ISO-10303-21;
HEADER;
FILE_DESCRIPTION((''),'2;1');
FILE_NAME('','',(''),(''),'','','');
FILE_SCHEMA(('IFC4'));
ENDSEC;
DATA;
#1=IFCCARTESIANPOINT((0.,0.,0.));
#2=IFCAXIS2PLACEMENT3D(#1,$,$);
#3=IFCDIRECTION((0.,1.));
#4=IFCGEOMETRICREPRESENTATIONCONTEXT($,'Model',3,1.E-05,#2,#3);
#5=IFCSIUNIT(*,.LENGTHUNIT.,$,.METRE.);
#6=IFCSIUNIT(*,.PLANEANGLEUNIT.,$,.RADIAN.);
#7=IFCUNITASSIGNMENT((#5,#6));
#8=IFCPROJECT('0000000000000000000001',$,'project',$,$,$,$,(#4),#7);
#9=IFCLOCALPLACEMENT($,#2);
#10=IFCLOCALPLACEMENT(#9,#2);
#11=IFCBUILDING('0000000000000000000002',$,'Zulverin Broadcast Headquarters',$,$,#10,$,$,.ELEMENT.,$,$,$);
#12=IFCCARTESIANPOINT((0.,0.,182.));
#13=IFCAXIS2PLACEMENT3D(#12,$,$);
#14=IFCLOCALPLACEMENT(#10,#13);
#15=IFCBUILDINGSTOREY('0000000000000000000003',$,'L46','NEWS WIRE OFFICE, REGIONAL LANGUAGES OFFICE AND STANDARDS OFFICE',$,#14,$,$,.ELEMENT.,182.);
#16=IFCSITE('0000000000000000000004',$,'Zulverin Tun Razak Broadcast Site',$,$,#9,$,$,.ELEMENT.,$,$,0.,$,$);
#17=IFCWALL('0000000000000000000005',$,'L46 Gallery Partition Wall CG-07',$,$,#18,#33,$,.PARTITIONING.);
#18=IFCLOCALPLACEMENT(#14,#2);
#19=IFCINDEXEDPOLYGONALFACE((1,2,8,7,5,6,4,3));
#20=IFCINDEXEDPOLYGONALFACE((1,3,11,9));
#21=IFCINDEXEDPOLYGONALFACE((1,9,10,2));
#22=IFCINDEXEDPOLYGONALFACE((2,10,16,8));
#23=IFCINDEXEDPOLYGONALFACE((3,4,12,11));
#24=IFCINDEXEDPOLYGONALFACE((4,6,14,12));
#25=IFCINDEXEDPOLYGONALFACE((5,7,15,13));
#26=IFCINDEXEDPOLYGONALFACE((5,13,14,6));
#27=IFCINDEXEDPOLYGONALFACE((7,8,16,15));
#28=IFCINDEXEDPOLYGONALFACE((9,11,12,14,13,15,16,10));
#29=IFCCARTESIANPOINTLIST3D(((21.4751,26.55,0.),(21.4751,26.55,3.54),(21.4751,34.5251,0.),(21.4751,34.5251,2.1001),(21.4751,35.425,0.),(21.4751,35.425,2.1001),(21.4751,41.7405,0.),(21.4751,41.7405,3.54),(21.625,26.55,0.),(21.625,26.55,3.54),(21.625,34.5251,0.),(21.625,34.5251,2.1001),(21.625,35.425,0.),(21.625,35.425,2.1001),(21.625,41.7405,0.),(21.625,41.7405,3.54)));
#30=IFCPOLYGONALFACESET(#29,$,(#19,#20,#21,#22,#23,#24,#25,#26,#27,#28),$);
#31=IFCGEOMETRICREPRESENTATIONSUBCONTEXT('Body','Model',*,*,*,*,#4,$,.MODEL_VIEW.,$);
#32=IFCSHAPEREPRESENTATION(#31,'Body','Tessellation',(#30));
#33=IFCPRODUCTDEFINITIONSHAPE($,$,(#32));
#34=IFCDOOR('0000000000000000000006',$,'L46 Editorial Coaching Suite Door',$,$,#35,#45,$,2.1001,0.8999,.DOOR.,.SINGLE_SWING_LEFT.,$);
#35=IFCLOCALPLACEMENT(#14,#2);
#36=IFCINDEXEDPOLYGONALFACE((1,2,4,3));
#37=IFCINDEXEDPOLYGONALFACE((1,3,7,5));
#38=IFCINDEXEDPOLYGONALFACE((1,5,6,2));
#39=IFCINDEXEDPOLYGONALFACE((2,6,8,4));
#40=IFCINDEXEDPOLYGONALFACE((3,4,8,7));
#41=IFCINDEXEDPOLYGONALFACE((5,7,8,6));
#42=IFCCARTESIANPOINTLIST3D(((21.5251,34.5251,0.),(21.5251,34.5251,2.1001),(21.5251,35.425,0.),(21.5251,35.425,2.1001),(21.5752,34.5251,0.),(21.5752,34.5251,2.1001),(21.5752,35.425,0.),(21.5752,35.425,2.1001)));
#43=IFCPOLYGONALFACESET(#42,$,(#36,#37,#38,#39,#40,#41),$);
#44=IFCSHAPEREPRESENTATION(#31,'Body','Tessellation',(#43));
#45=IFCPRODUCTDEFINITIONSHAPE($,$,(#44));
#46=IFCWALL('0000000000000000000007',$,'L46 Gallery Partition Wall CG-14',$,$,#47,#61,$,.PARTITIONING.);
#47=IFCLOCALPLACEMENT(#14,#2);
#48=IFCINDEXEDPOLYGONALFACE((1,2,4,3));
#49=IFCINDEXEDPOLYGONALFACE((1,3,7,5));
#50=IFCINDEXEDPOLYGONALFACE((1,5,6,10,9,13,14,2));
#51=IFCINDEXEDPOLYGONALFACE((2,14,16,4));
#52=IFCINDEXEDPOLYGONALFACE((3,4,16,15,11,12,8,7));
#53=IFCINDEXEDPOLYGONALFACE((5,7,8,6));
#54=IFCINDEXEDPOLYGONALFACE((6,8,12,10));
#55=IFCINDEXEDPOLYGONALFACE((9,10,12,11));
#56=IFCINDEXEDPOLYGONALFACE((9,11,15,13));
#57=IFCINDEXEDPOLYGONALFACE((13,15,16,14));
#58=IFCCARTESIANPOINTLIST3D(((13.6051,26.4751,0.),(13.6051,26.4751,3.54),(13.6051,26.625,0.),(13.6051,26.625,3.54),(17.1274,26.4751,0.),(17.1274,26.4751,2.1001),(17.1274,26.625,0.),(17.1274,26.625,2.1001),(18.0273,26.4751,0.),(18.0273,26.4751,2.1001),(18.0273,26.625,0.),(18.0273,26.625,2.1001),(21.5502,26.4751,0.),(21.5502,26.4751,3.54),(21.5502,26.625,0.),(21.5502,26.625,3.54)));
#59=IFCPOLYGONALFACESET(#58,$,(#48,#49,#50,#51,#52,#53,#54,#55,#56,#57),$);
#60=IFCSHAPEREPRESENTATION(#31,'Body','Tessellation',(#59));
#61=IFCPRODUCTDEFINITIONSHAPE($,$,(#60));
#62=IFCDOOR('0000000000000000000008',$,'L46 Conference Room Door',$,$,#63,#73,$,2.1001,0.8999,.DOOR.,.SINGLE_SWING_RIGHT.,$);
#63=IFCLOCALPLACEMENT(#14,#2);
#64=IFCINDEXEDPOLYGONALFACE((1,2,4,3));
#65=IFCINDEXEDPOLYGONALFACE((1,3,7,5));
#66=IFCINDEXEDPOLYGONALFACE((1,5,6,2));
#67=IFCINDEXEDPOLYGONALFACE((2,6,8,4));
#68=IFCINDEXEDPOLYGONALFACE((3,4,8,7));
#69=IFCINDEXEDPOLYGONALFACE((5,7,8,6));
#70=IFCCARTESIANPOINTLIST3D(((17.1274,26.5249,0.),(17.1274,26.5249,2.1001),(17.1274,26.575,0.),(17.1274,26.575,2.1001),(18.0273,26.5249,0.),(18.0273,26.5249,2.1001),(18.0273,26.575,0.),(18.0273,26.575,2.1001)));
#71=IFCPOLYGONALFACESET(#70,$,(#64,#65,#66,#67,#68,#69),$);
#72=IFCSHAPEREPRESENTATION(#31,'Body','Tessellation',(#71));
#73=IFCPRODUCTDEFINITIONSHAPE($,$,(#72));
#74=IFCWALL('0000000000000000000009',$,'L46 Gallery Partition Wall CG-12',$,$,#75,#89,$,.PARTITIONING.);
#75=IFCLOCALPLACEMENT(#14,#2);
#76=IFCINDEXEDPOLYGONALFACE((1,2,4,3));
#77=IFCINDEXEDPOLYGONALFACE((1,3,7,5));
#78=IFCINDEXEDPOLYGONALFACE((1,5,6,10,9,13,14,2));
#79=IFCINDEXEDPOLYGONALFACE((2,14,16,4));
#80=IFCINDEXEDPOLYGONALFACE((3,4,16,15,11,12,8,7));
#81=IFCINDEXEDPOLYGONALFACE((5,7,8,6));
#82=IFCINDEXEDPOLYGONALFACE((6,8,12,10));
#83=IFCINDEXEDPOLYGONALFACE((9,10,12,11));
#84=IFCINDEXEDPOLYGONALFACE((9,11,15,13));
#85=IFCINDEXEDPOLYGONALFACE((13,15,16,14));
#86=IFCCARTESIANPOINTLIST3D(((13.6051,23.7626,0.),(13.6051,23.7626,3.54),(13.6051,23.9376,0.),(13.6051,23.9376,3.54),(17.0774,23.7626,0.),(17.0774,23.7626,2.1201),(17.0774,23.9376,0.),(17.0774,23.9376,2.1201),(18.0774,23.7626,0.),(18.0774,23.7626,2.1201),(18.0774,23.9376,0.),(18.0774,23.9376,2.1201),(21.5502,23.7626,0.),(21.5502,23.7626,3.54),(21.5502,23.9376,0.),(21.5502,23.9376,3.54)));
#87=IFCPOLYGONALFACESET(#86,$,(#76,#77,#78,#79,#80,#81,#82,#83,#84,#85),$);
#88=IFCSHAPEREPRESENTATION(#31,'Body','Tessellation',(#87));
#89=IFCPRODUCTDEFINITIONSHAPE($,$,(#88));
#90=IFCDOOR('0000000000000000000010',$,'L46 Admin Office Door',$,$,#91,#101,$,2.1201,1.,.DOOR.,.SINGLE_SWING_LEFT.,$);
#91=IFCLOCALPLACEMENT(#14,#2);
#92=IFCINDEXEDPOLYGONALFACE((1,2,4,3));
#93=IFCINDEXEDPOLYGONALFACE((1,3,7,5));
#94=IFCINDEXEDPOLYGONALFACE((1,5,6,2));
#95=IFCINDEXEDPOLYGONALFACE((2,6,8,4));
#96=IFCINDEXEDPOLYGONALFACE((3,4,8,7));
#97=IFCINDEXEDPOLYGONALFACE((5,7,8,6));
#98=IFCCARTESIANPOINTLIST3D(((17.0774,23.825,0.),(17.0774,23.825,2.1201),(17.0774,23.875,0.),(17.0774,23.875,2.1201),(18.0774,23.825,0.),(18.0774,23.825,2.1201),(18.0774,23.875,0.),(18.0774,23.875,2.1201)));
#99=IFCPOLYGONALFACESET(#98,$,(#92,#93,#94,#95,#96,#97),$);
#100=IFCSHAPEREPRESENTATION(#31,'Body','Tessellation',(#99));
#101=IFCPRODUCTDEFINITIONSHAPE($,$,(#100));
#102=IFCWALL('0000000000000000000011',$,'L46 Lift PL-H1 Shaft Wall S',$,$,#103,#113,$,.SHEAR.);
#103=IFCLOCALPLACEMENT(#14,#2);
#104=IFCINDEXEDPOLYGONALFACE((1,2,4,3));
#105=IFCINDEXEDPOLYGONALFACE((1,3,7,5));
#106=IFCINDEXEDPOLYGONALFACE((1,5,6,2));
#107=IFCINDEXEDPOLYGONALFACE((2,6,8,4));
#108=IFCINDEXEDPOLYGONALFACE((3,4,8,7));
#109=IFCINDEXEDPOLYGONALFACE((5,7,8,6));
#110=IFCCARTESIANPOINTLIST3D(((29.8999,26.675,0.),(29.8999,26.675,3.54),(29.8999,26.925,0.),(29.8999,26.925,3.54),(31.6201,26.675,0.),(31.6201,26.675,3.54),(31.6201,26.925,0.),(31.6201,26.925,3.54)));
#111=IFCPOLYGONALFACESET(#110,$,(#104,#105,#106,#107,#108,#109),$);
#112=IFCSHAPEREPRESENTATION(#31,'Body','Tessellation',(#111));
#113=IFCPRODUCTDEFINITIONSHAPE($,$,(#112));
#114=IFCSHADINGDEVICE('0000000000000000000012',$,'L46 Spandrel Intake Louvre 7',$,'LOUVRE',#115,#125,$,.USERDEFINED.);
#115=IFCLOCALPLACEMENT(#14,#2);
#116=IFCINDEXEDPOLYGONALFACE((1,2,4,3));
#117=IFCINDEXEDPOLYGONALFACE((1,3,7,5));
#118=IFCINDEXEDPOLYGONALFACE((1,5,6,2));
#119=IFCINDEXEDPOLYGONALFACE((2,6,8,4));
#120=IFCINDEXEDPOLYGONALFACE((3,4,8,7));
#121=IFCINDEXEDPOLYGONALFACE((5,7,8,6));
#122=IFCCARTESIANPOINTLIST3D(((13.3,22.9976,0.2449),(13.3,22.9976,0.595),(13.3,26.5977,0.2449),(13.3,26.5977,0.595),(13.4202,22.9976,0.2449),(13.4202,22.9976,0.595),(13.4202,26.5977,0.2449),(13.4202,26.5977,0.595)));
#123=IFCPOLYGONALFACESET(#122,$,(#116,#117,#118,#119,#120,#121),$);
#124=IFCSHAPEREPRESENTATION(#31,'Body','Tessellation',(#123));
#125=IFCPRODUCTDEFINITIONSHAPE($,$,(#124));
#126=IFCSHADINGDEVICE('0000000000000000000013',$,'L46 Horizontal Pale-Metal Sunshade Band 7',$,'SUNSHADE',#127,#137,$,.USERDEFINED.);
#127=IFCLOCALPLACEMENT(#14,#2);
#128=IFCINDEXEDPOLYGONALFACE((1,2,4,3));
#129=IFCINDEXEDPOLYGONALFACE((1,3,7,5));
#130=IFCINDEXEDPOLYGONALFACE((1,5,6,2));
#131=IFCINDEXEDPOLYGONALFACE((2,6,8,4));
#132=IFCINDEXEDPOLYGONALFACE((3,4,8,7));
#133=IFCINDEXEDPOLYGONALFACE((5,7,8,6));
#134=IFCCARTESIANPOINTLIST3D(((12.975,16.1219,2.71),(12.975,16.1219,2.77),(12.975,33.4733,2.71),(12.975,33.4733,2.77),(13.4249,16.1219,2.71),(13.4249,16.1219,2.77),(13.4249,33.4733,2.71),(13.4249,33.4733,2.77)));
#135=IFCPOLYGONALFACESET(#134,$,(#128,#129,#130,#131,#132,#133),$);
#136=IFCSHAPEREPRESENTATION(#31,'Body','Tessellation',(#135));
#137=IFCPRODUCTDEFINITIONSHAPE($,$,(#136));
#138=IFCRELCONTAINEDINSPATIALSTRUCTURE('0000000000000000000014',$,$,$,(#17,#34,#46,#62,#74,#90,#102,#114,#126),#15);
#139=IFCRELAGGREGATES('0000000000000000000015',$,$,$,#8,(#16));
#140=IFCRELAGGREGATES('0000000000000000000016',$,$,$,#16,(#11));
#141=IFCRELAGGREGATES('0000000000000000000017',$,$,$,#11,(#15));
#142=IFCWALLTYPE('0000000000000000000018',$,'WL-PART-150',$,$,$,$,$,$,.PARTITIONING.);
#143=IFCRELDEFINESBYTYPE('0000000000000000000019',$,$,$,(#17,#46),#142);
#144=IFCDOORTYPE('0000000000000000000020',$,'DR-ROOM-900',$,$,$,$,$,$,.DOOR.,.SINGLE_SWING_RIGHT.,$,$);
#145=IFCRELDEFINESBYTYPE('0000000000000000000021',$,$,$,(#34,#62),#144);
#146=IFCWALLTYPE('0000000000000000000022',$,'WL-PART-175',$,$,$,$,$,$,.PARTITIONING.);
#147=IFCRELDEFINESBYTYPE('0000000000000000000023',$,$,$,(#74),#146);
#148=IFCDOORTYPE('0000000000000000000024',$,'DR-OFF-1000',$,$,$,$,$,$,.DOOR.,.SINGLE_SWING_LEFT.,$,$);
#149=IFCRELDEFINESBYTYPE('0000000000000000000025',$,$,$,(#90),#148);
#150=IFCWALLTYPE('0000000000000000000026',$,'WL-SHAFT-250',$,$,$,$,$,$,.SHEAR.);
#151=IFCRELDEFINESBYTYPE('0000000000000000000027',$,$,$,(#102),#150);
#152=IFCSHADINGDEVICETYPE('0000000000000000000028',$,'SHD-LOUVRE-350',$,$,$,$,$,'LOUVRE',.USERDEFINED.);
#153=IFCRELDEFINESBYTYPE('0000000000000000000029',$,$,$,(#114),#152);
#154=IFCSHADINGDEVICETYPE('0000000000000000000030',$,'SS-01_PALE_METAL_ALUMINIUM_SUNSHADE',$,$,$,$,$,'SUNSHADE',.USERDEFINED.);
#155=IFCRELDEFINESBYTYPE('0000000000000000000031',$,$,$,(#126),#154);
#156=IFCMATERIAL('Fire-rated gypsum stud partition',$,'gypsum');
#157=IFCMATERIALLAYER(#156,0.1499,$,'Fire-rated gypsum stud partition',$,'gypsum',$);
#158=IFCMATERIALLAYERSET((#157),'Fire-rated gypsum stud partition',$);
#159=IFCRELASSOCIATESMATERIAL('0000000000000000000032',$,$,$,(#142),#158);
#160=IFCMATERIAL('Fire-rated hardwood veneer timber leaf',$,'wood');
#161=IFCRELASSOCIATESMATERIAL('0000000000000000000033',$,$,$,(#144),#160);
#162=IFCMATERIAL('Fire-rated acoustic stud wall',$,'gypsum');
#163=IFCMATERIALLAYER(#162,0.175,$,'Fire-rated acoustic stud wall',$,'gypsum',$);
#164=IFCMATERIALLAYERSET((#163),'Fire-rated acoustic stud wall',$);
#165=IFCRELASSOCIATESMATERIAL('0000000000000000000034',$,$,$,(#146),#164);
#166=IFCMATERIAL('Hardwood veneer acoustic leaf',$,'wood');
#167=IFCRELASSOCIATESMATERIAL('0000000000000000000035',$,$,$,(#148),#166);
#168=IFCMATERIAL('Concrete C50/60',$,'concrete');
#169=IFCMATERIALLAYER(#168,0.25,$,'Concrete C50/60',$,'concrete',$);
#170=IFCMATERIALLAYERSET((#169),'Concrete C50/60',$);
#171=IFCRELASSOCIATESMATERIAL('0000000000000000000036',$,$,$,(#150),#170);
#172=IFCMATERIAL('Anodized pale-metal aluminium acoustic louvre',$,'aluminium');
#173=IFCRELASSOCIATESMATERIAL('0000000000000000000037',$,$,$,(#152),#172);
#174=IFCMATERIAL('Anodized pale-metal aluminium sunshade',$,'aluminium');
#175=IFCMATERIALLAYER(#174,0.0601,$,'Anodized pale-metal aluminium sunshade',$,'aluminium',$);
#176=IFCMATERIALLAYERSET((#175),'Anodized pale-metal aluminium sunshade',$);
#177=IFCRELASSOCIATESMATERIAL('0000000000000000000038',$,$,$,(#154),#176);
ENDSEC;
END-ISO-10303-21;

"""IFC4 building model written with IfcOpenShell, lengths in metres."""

from ifc_helpers import new_model, si_unit, direction, frame, frame_2d, origin, origin_2d, place, context, subcontext, project, spatial, rectangle, extrude, material, layer, layer_set, type_object, element, fill, save


model = new_model("IFC4")

# Units and contexts
model_context = context("Model", 3, precision=1e-05, world=origin(), true_north=direction((0.0, 1.0)))
body_context = subcontext(model_context, "Body", "Model", "MODEL_VIEW")
ifc_project = project(units=[si_unit("LENGTHUNIT", "METRE"), si_unit("PLANEANGLEUNIT", "RADIAN")], contexts=[model_context])

# Site, building, storey
site_placement = place(None, origin())
site = spatial("IfcSite", under=ifc_project, at=site_placement, Name="Zulverin Tun Razak Broadcast Site", CompositionType="ELEMENT", RefElevation=0.0)
building_placement = place(site_placement, origin())
building = spatial("IfcBuilding", under=site, at=building_placement, Name="Zulverin Broadcast Headquarters", CompositionType="ELEMENT")
storey_placement = place(building_placement, frame((0.0, 0.0, 182.0)))
storey = spatial("IfcBuildingStorey", under=building, at=storey_placement, Name="L46", Description="NEWS WIRE OFFICE, REGIONAL LANGUAGES OFFICE AND STANDARDS OFFICE", CompositionType="ELEMENT", Elevation=182.0)

# Shared definitions
ifc_material_1 = material(Name="Concrete C50/60", Category="concrete")

# Shared definitions
ifc_material_2 = material(Name="Fire-rated gypsum stud partition", Category="gypsum")
ifc_layer_1 = layer(ifc_material_2, 0.1499, Name="Fire-rated gypsum stud partition", Category="gypsum")
ifc_layer_set_1 = layer_set([ifc_layer_1], Name="Fire-rated gypsum stud partition")
wall_type_1 = type_object("IfcWallType", Name="WL-PART-150", PredefinedType="PARTITIONING", material=ifc_layer_set_1)

# Walls, openings, doors
wall_1_placement = place(storey_placement, frame((21.55, 26.55, 0.0), z_axis=(0.0, 0.0, 1.0), x_axis=(0.0, 1.0, 0.0)))
wall_1 = element("IfcWall", 1, at=wall_1_placement, inside=storey, type_object=wall_type_1, Name="L46 Gallery Partition Wall CG-07", PredefinedType="PARTITIONING", context=body_context, shape_type="SweptSolid", body=[
    extrude(rectangle(XDim=15.1904, YDim=0.1499, at=frame_2d((7.5952, 0.0))), origin(), (0.0, 0.0, 1.0), 3.54),
])
opening_1_placement = place(wall_1_placement, frame((7.9751, 0.0, 0.0)))
opening_1 = element("IfcOpeningElement", 2, at=opening_1_placement, cuts=wall_1, PredefinedType="OPENING", context=body_context, shape_type="SweptSolid", body=[
    extrude(rectangle(XDim=0.8999, YDim=2.1001, at=frame_2d((0.45, 1.05))), frame((0.0, 0.085, 0.0), z_axis=(0.0, -1.0, 0.0), x_axis=(1.0, 0.0, 0.0)), (0.0, 0.0, 1.0), 0.1699),
])
ifc_material_3 = material(Name="Fire-rated hardwood veneer timber leaf", Category="wood")
door_type_1 = type_object("IfcDoorType", Name="DR-ROOM-900", OperationType="SINGLE_SWING_RIGHT", PredefinedType="DOOR", material=ifc_material_3)
door_1_placement = place(opening_1_placement, origin())
door_1 = element("IfcDoor", 3, at=door_1_placement, inside=storey, type_object=door_type_1, Name="L46 Editorial Coaching Suite Door", OperationType="SINGLE_SWING_LEFT", OverallHeight=2.1001, OverallWidth=0.8999, PredefinedType="DOOR", context=body_context, shape_type="SweptSolid", body=[
    extrude(rectangle(XDim=0.8999, YDim=2.1001, at=frame_2d((0.45, 1.05))), frame((0.0, 0.0249, 0.0), z_axis=(0.0, -1.0, 0.0), x_axis=(1.0, 0.0, 0.0)), (0.0, 0.0, 1.0), 0.05),
])
fill(opening_1, door_1)
wall_2_placement = place(storey_placement, frame((13.605, 26.55, 0.0), z_axis=(0.0, 0.0, 1.0), x_axis=(1.0, 0.0, 0.0)))
wall_2 = element("IfcWall", 4, at=wall_2_placement, inside=storey, type_object=wall_type_1, Name="L46 Gallery Partition Wall CG-14", PredefinedType="PARTITIONING", context=body_context, shape_type="SweptSolid", body=[
    extrude(rectangle(XDim=7.9451, YDim=0.1499, at=frame_2d((3.9727, 0.0))), origin(), (0.0, 0.0, 1.0), 3.54),
])
opening_2_placement = place(wall_2_placement, frame((3.5225, 0.0, 0.0)))
opening_2 = element("IfcOpeningElement", 5, at=opening_2_placement, cuts=wall_2, PredefinedType="OPENING", context=body_context, shape_type="SweptSolid", body=[
    extrude(rectangle(XDim=0.8999, YDim=2.1001, at=frame_2d((0.45, 1.05))), frame((0.0, 0.085, 0.0), z_axis=(0.0, -1.0, 0.0), x_axis=(1.0, 0.0, 0.0)), (0.0, 0.0, 1.0), 0.1699),
])
door_2_placement = place(opening_2_placement, origin())
door_2 = element("IfcDoor", 6, at=door_2_placement, inside=storey, type_object=door_type_1, Name="L46 Conference Room Door", OperationType="SINGLE_SWING_RIGHT", OverallHeight=2.1001, OverallWidth=0.8999, PredefinedType="DOOR", context=body_context, shape_type="SweptSolid", body=[
    extrude(rectangle(XDim=0.8999, YDim=2.1001, at=frame_2d((0.45, 1.05))), frame((0.0, 0.0249, 0.0), z_axis=(0.0, -1.0, 0.0), x_axis=(1.0, 0.0, 0.0)), (0.0, 0.0, 1.0), 0.05),
])
fill(opening_2, door_2)
ifc_material_4 = material(Name="Fire-rated acoustic stud wall", Category="gypsum")
ifc_layer_2 = layer(ifc_material_4, 0.175, Name="Fire-rated acoustic stud wall", Category="gypsum")
ifc_layer_set_2 = layer_set([ifc_layer_2], Name="Fire-rated acoustic stud wall")
wall_type_2 = type_object("IfcWallType", Name="WL-PART-175", PredefinedType="PARTITIONING", material=ifc_layer_set_2)
wall_3_placement = place(storey_placement, frame((13.605, 23.8501, 0.0), z_axis=(0.0, 0.0, 1.0), x_axis=(1.0, 0.0, 0.0)))
wall_3 = element("IfcWall", 7, at=wall_3_placement, inside=storey, type_object=wall_type_2, Name="L46 Gallery Partition Wall CG-12", PredefinedType="PARTITIONING", context=body_context, shape_type="SweptSolid", body=[
    extrude(rectangle(XDim=7.9451, YDim=0.175, at=frame_2d((3.9727, 0.0))), origin(), (0.0, 0.0, 1.0), 3.54),
])
opening_3_placement = place(wall_3_placement, frame((3.4724, 0.0, 0.0)))
opening_3 = element("IfcOpeningElement", 8, at=opening_3_placement, cuts=wall_3, PredefinedType="OPENING", context=body_context, shape_type="SweptSolid", body=[
    extrude(rectangle(XDim=1.0, YDim=2.1201, at=frame_2d((0.5, 1.0601))), frame((0.0, 0.0974, 0.0), z_axis=(0.0, -1.0, 0.0), x_axis=(1.0, 0.0, 0.0)), (0.0, 0.0, 1.0), 0.1951),
])
ifc_material_5 = material(Name="Hardwood veneer acoustic leaf", Category="wood")
door_type_2 = type_object("IfcDoorType", Name="DR-OFF-1000", OperationType="SINGLE_SWING_LEFT", PredefinedType="DOOR", material=ifc_material_5)
door_3_placement = place(opening_3_placement, origin())
door_3 = element("IfcDoor", 9, at=door_3_placement, inside=storey, type_object=door_type_2, Name="L46 Admin Office Door", OperationType="SINGLE_SWING_LEFT", OverallHeight=2.1201, OverallWidth=1.0, PredefinedType="DOOR", context=body_context, shape_type="SweptSolid", body=[
    extrude(rectangle(XDim=1.0, YDim=2.1201, at=frame_2d((0.5, 1.0601))), frame((0.0, 0.0249, 0.0), z_axis=(0.0, -1.0, 0.0), x_axis=(1.0, 0.0, 0.0)), (0.0, 0.0, 1.0), 0.05),
])
fill(opening_3, door_3)
ifc_layer_3 = layer(ifc_material_1, 0.25, Name="Concrete C50/60", Category="concrete")
ifc_layer_set_3 = layer_set([ifc_layer_3], Name="Concrete C50/60")
wall_type_3 = type_object("IfcWallType", Name="WL-SHAFT-250", PredefinedType="SHEAR", material=ifc_layer_set_3)

# Wall
wall_4_placement = place(storey_placement, frame((29.8999, 26.8, 0.0), z_axis=(0.0, 0.0, 1.0), x_axis=(1.0, 0.0, 0.0)))
element("IfcWall", 10, at=wall_4_placement, inside=storey, type_object=wall_type_3, Name="L46 Lift PL-H1 Shaft Wall S", PredefinedType="SHEAR", context=body_context, shape_type="SweptSolid", body=[
    extrude(rectangle(XDim=1.7202, YDim=0.25, at=frame_2d((0.8601, 0.0))), origin(), (0.0, 0.0, 1.0), 3.54),
])

# Shading devices
ifc_material_6 = material(Name="Anodized pale-metal aluminium acoustic louvre", Category="aluminium")
shading_device_type_1 = type_object("IfcShadingDeviceType", Name="SHD-LOUVRE-350", ElementType="LOUVRE", PredefinedType="USERDEFINED", material=ifc_material_6)
shading_device_1_placement = place(storey_placement, frame((13.3601, 24.7976, 0.2449), z_axis=(0.0, 0.0, 1.0), x_axis=(0.0, -1.0, 0.0)))
element("IfcShadingDevice", 11, at=shading_device_1_placement, inside=storey, type_object=shading_device_type_1, Name="L46 Spandrel Intake Louvre 7", ObjectType="LOUVRE", PredefinedType="USERDEFINED", context=body_context, shape_type="SweptSolid", body=[
    extrude(rectangle(XDim=3.6001, YDim=0.1201, at=origin_2d()), origin(), (0.0, 0.0, 1.0), 0.3501),
])
ifc_material_7 = material(Name="Anodized pale-metal aluminium sunshade", Category="aluminium")
ifc_layer_4 = layer(ifc_material_7, 0.0601, Name="Anodized pale-metal aluminium sunshade", Category="aluminium")
ifc_layer_set_4 = layer_set([ifc_layer_4], Name="Anodized pale-metal aluminium sunshade")
shading_device_type_2 = type_object("IfcShadingDeviceType", Name="SS-01_PALE_METAL_ALUMINIUM_SUNSHADE", ElementType="SUNSHADE", PredefinedType="USERDEFINED", material=ifc_layer_set_4)
shading_device_2_placement = place(storey_placement, frame((13.2, 24.7976, 2.71), z_axis=(0.0, 0.0, 1.0), x_axis=(0.0, -1.0, 0.0)))
element("IfcShadingDevice", 12, at=shading_device_2_placement, inside=storey, type_object=shading_device_type_2, Name="L46 Horizontal Pale-Metal Sunshade Band 7", ObjectType="SUNSHADE", PredefinedType="USERDEFINED", context=body_context, shape_type="SweptSolid", body=[
    extrude(rectangle(XDim=17.3513, YDim=0.45, at=origin_2d()), origin(), (0.0, 0.0, 1.0), 0.0601),
])

save(model, "model.ifc")
